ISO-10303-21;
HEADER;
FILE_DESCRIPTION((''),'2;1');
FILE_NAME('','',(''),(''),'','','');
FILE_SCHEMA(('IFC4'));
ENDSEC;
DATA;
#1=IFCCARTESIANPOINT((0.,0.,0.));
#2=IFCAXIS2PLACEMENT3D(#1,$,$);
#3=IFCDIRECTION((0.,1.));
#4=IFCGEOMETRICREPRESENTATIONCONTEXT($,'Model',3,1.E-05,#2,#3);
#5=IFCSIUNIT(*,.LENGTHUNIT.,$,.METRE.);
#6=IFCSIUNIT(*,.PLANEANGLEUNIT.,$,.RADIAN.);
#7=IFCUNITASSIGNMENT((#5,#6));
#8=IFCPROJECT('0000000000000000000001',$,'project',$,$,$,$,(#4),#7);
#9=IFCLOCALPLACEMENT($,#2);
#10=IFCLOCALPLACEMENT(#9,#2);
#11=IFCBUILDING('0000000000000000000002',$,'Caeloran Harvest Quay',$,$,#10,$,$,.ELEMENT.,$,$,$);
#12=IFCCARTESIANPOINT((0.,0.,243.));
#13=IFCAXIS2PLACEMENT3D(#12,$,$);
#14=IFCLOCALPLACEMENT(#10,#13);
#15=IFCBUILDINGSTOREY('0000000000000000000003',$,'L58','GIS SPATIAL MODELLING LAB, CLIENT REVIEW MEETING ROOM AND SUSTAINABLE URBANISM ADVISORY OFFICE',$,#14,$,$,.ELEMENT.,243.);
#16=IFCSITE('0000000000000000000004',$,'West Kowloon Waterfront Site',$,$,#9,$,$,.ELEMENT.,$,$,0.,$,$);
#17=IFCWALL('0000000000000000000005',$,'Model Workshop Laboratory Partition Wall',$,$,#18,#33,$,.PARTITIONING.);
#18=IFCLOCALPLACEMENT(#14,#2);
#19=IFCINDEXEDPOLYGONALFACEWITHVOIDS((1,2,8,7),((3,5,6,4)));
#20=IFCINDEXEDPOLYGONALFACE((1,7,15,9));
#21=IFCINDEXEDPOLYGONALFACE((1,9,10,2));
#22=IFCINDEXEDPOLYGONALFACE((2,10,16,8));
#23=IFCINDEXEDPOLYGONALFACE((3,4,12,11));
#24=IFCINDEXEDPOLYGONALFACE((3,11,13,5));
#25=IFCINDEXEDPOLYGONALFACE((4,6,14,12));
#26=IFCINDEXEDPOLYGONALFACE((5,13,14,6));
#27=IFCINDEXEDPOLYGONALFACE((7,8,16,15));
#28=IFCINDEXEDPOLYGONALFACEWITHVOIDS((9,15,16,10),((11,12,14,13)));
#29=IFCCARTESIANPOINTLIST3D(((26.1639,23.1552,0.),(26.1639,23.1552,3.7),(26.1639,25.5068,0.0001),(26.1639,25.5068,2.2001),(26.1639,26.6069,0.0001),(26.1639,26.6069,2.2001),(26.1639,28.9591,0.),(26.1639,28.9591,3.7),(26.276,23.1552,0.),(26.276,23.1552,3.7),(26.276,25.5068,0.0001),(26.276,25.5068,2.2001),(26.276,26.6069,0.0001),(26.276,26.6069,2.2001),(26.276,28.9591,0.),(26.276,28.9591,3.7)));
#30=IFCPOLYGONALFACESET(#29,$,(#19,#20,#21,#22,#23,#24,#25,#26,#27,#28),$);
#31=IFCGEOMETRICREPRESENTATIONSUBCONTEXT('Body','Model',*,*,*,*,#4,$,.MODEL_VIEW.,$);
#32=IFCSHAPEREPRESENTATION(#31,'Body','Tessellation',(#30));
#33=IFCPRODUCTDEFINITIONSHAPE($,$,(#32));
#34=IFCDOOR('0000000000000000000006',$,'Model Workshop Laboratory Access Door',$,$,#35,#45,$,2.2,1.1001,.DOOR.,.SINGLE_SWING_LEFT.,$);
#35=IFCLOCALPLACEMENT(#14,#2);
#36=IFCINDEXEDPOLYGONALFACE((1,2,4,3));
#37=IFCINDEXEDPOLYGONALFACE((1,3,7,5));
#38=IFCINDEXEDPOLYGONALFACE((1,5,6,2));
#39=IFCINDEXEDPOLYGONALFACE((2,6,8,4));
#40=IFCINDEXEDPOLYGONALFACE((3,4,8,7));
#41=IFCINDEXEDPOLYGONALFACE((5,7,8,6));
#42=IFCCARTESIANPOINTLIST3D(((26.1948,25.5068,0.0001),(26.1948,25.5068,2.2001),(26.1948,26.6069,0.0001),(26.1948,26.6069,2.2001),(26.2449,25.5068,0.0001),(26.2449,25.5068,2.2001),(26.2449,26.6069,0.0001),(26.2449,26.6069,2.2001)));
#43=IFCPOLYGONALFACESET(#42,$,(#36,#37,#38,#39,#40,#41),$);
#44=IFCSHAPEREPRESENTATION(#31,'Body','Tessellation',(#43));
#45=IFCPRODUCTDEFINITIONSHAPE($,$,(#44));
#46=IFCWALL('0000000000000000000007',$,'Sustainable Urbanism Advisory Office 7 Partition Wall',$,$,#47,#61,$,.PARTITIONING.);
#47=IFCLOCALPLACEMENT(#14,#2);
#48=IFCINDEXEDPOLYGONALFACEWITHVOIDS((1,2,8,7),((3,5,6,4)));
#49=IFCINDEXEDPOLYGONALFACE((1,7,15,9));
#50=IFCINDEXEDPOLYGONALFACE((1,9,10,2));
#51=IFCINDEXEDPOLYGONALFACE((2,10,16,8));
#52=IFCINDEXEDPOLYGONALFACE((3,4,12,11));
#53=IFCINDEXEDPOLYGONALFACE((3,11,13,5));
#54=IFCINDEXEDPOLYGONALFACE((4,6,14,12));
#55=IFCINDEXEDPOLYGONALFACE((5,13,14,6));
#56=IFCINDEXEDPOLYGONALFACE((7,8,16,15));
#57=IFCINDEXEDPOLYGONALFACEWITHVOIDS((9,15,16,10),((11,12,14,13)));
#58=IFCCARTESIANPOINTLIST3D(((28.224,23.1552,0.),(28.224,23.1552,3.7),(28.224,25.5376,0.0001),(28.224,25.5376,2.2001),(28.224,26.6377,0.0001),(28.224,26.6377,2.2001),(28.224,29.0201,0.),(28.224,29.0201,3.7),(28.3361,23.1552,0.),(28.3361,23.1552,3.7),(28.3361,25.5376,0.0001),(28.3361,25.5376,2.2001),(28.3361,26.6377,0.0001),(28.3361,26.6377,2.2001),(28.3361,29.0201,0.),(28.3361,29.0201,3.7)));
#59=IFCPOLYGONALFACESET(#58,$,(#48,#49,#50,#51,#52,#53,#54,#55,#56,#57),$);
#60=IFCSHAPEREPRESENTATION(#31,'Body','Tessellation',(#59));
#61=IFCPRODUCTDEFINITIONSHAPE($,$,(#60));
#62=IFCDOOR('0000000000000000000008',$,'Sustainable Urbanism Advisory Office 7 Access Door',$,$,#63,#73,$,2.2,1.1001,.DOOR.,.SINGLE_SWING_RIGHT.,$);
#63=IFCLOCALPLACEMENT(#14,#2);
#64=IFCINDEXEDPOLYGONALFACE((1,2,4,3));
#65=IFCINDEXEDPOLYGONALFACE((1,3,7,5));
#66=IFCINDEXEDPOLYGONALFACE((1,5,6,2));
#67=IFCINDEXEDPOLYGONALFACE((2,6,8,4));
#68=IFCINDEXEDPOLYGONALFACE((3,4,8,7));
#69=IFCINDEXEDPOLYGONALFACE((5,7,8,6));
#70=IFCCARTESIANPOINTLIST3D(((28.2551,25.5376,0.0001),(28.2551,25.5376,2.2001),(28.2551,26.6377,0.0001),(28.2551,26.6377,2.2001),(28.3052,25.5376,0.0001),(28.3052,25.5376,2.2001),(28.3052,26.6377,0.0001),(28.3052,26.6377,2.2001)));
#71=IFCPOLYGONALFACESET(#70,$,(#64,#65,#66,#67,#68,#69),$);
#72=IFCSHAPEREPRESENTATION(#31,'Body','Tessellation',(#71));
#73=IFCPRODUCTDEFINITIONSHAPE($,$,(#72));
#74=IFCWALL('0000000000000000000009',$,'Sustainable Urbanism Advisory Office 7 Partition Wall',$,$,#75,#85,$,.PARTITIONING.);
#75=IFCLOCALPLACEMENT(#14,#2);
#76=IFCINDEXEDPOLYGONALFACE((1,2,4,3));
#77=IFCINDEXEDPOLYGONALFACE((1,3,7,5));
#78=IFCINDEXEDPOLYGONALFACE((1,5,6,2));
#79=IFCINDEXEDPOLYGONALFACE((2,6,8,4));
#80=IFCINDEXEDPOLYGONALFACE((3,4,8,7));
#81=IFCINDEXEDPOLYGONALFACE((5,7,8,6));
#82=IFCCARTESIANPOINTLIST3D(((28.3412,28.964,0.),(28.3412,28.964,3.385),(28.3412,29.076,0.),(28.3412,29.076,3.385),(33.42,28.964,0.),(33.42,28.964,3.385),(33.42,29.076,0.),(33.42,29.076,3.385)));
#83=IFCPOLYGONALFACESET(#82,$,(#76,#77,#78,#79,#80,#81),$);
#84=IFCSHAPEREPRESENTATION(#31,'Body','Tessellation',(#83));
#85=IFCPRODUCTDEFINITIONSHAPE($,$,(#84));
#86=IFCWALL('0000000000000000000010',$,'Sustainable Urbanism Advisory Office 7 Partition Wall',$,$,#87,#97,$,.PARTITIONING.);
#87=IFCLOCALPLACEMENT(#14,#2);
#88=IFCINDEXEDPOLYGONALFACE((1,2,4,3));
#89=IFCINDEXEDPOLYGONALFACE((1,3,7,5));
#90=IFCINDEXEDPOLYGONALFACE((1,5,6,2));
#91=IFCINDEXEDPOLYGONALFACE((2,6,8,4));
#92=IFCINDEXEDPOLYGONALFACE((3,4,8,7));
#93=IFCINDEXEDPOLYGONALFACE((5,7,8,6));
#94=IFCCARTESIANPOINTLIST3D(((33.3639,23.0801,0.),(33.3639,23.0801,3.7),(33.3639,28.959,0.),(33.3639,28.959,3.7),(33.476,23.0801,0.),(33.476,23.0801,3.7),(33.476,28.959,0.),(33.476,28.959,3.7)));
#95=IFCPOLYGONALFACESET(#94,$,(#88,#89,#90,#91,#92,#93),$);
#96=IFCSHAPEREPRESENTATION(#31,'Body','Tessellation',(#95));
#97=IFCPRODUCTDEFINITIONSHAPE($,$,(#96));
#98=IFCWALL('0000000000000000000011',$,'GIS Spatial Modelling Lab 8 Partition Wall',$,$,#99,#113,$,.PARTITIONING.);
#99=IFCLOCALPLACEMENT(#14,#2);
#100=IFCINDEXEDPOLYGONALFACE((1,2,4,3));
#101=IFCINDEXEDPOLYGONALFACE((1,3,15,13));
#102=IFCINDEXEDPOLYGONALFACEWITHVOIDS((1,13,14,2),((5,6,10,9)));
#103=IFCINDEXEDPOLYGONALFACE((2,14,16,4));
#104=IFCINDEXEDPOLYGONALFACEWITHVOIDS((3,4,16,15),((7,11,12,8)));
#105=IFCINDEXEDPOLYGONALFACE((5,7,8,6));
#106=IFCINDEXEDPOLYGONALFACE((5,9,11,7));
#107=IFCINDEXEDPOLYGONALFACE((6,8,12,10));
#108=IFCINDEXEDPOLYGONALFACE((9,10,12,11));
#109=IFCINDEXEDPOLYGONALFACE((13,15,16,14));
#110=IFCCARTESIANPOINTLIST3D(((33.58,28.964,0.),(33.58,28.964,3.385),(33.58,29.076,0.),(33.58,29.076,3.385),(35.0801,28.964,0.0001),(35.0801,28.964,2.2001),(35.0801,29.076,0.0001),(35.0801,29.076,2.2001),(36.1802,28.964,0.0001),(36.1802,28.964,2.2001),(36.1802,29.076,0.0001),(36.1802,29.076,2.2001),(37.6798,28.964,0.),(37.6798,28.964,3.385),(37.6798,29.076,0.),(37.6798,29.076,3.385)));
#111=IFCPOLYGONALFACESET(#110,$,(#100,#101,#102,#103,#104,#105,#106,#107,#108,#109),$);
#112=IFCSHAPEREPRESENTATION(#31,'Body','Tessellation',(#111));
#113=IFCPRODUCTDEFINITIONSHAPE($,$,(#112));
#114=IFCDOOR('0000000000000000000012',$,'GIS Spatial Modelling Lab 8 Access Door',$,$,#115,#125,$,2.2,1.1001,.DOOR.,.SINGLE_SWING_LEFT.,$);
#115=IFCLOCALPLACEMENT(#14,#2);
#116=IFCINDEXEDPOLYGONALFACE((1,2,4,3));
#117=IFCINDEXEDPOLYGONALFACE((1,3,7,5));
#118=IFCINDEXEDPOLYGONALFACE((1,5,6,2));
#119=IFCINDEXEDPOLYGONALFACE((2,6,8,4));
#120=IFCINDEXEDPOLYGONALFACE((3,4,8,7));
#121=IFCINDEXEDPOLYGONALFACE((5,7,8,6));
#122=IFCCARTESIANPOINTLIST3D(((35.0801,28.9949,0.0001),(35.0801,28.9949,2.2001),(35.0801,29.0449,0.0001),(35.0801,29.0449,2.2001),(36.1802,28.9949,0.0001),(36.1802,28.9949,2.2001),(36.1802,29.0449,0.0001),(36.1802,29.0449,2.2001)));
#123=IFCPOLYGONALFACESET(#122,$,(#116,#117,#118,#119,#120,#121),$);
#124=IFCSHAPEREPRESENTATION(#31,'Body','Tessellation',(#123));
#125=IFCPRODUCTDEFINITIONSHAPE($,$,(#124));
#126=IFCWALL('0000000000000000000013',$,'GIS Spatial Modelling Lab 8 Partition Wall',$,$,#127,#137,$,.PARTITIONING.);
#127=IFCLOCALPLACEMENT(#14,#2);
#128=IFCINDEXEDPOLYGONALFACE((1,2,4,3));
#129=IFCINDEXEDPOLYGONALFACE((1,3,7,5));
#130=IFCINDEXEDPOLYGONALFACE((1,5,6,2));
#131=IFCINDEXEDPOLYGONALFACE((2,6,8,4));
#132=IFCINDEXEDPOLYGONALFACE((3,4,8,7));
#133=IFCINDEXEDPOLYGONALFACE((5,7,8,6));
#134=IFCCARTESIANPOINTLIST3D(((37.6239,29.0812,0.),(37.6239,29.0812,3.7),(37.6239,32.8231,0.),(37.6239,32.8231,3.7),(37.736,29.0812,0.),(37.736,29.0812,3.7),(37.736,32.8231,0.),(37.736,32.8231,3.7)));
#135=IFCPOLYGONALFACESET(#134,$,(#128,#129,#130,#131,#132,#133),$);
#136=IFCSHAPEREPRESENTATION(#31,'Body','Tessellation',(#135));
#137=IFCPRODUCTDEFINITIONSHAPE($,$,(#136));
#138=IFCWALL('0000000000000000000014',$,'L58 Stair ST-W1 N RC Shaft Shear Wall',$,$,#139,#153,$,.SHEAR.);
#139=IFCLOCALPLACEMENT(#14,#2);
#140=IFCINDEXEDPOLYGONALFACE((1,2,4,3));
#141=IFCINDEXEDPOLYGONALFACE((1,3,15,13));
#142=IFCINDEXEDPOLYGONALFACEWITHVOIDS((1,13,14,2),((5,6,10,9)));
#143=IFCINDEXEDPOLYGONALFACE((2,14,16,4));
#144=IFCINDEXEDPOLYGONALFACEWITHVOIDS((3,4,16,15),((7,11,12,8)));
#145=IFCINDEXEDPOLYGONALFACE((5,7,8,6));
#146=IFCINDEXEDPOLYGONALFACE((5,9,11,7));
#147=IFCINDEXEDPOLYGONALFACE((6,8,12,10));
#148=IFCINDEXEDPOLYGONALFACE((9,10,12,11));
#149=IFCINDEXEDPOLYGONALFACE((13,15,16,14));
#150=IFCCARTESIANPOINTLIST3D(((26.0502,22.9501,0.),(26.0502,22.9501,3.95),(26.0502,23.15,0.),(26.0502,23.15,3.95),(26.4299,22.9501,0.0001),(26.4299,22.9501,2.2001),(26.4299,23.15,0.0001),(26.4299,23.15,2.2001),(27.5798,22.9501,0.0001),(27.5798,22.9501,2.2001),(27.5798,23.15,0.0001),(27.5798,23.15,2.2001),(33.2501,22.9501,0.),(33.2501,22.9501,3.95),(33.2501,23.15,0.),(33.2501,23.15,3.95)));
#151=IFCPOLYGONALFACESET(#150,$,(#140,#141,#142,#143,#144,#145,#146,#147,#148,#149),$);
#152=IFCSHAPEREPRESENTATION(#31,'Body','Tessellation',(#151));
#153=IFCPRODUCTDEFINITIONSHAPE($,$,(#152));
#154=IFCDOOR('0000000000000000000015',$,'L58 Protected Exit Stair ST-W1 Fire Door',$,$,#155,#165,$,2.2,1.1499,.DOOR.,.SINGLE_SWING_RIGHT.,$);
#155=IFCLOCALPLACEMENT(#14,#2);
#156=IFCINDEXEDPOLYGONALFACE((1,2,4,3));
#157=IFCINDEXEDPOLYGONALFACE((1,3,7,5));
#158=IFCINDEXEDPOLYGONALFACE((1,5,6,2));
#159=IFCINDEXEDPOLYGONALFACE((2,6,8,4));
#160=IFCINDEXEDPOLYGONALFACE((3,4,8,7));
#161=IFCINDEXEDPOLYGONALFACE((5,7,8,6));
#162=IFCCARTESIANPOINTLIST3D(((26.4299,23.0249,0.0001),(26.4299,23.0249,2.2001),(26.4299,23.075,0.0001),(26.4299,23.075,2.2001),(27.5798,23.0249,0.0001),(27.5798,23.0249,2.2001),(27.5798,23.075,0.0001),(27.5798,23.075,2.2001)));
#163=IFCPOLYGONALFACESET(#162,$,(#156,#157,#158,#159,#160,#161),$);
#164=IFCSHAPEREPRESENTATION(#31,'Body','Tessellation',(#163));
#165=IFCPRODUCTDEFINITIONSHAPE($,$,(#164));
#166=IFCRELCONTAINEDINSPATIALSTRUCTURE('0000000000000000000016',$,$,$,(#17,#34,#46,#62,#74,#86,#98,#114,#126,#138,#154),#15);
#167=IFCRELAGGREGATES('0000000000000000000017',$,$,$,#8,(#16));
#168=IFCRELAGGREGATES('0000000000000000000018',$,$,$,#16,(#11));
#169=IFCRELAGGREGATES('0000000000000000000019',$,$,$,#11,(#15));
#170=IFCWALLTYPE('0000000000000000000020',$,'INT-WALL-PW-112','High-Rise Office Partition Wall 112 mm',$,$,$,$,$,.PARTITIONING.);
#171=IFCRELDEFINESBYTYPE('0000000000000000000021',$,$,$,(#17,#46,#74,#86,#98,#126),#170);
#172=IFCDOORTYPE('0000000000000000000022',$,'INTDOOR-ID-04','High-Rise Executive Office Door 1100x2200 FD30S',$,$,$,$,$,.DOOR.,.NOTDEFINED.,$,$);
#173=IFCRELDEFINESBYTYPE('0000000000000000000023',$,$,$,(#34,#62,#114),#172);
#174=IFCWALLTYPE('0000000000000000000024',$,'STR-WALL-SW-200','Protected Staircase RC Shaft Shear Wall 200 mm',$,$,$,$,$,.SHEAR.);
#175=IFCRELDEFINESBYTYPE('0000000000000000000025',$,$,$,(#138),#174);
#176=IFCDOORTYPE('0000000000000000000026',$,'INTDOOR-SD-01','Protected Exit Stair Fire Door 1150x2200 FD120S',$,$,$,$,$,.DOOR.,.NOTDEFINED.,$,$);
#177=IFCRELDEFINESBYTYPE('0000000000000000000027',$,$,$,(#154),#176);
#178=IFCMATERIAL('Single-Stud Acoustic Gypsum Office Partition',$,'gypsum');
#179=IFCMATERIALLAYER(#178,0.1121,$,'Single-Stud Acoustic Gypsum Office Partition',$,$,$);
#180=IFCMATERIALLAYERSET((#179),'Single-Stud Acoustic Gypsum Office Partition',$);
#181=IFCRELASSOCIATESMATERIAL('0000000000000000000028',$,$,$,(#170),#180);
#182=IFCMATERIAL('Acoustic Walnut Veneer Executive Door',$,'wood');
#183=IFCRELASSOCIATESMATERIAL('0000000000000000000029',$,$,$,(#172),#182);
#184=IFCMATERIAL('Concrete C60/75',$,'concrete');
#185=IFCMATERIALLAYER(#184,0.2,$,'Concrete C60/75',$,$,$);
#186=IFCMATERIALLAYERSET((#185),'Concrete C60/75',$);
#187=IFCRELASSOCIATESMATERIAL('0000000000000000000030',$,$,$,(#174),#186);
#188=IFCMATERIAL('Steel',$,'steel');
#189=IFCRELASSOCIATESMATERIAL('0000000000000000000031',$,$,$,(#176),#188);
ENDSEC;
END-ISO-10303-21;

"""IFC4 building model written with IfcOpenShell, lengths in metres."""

from ifc_helpers import new_model, si_unit, direction, frame, frame_2d, origin, place, context, subcontext, project, spatial, rectangle, extrude, material, layer, layer_set, type_object, element, fill, save


model = new_model("IFC4")

# Units and contexts
model_context = context("Model", 3, precision=1e-05, world=origin(), true_north=direction((0.0, 1.0)))
body_context = subcontext(model_context, "Body", "Model", "MODEL_VIEW")
ifc_project = project(units=[si_unit("LENGTHUNIT", "METRE"), si_unit("PLANEANGLEUNIT", "RADIAN")], contexts=[model_context])

# Site, building, storey
site_placement = place(None, origin())
site = spatial("IfcSite", under=ifc_project, at=site_placement, Name="West Kowloon Waterfront Site", CompositionType="ELEMENT", RefElevation=0.0)
building_placement = place(site_placement, origin())
building = spatial("IfcBuilding", under=site, at=building_placement, Name="Caeloran Harvest Quay", CompositionType="ELEMENT")
storey_placement = place(building_placement, frame((0.0, 0.0, 243.0)))
storey = spatial("IfcBuildingStorey", under=building, at=storey_placement, Name="L58", Description="GIS SPATIAL MODELLING LAB, CLIENT REVIEW MEETING ROOM AND SUSTAINABLE URBANISM ADVISORY OFFICE", CompositionType="ELEMENT", Elevation=243.0)

# Walls, openings, doors
ifc_material_1 = material(Name="Single-Stud Acoustic Gypsum Office Partition", Category="gypsum")
ifc_layer_1 = layer(ifc_material_1, 0.1121, Name="Single-Stud Acoustic Gypsum Office Partition")
ifc_layer_set_1 = layer_set([ifc_layer_1], Name="Single-Stud Acoustic Gypsum Office Partition")
wall_type_1 = type_object("IfcWallType", Name="INT-WALL-PW-112", Description="High-Rise Office Partition Wall 112 mm", PredefinedType="PARTITIONING", material=ifc_layer_set_1)
wall_1_placement = place(storey_placement, frame((26.22, 28.959, 0.0), z_axis=(0.0, 0.0, 1.0), x_axis=(0.0, -1.0, 0.0)))
wall_1 = element("IfcWall", 1, at=wall_1_placement, inside=storey, type_object=wall_type_1, Name="Model Workshop Laboratory Partition Wall", PredefinedType="PARTITIONING", context=body_context, shape_type="SweptSolid", body=[
    extrude(rectangle(XDim=5.804, YDim=0.1121, at=frame_2d((2.9019, 0.0))), origin(), (0.0, 0.0, 1.0), 3.7),
])
opening_1_placement = place(wall_1_placement, frame((2.3521, 0.0, 0.0)))
opening_1 = element("IfcOpeningElement", 2, at=opening_1_placement, cuts=wall_1, PredefinedType="OPENING", context=body_context, shape_type="SweptSolid", body=[
    extrude(rectangle(XDim=1.1001, YDim=2.2, at=frame_2d((0.55, 1.1001))), frame((0.0, 0.0659, 0.0), z_axis=(0.0, -1.0, 0.0), x_axis=(1.0, 0.0, 0.0)), (0.0, 0.0, 1.0), 0.1321),
])
ifc_material_2 = material(Name="Acoustic Walnut Veneer Executive Door", Category="wood")
door_type_1 = type_object("IfcDoorType", Name="INTDOOR-ID-04", Description="High-Rise Executive Office Door 1100x2200 FD30S", OperationType="NOTDEFINED", PredefinedType="DOOR", material=ifc_material_2)
door_1_placement = place(opening_1_placement, origin())
door_1 = element("IfcDoor", 3, at=door_1_placement, inside=storey, type_object=door_type_1, Name="Model Workshop Laboratory Access Door", OperationType="SINGLE_SWING_LEFT", OverallHeight=2.2, OverallWidth=1.1001, PredefinedType="DOOR", context=body_context, shape_type="SweptSolid", body=[
    extrude(rectangle(XDim=1.1001, YDim=2.2, at=frame_2d((0.55, 1.1001))), frame((0.0, 0.0249, 0.0), z_axis=(0.0, -1.0, 0.0), x_axis=(1.0, 0.0, 0.0)), (0.0, 0.0, 1.0), 0.05),
])
fill(opening_1, door_1)
wall_2_placement = place(storey_placement, frame((28.28, 23.155, 0.0), z_axis=(0.0, 0.0, 1.0), x_axis=(0.0, 1.0, 0.0)))
wall_2 = element("IfcWall", 4, at=wall_2_placement, inside=storey, type_object=wall_type_1, Name="Sustainable Urbanism Advisory Office 7 Partition Wall", PredefinedType="PARTITIONING", context=body_context, shape_type="SweptSolid", body=[
    extrude(rectangle(XDim=5.865, YDim=0.1121, at=frame_2d((2.9326, 0.0))), origin(), (0.0, 0.0, 1.0), 3.7),
])
opening_2_placement = place(wall_2_placement, frame((2.3826, 0.0, 0.0)))
opening_2 = element("IfcOpeningElement", 5, at=opening_2_placement, cuts=wall_2, PredefinedType="OPENING", context=body_context, shape_type="SweptSolid", body=[
    extrude(rectangle(XDim=1.1001, YDim=2.2, at=frame_2d((0.55, 1.1001))), frame((0.0, 0.0659, 0.0), z_axis=(0.0, -1.0, 0.0), x_axis=(1.0, 0.0, 0.0)), (0.0, 0.0, 1.0), 0.1321),
])
door_2_placement = place(opening_2_placement, origin())
door_2 = element("IfcDoor", 6, at=door_2_placement, inside=storey, type_object=door_type_1, Name="Sustainable Urbanism Advisory Office 7 Access Door", OperationType="SINGLE_SWING_RIGHT", OverallHeight=2.2, OverallWidth=1.1001, PredefinedType="DOOR", context=body_context, shape_type="SweptSolid", body=[
    extrude(rectangle(XDim=1.1001, YDim=2.2, at=frame_2d((0.55, 1.1001))), frame((0.0, 0.0249, 0.0), z_axis=(0.0, -1.0, 0.0), x_axis=(1.0, 0.0, 0.0)), (0.0, 0.0, 1.0), 0.05),
])
fill(opening_2, door_2)

# Walls
wall_3_placement = place(storey_placement, frame((28.3411, 29.02, 0.0), z_axis=(0.0, 0.0, 1.0), x_axis=(1.0, 0.0, 0.0)))
element("IfcWall", 7, at=wall_3_placement, inside=storey, type_object=wall_type_1, Name="Sustainable Urbanism Advisory Office 7 Partition Wall", PredefinedType="PARTITIONING", context=body_context, shape_type="SweptSolid", body=[
    extrude(rectangle(XDim=5.0789, YDim=0.1121, at=frame_2d((2.5396, 0.0))), origin(), (0.0, 0.0, 1.0), 3.385),
])
wall_4_placement = place(storey_placement, frame((33.4199, 28.959, 0.0), z_axis=(0.0, 0.0, 1.0), x_axis=(0.0, -1.0, 0.0)))
element("IfcWall", 8, at=wall_4_placement, inside=storey, type_object=wall_type_1, Name="Sustainable Urbanism Advisory Office 7 Partition Wall", PredefinedType="PARTITIONING", context=body_context, shape_type="SweptSolid", body=[
    extrude(rectangle(XDim=5.8789, YDim=0.1121, at=frame_2d((2.9395, 0.0))), origin(), (0.0, 0.0, 1.0), 3.7),
])

# Wall, opening, door
wall_5_placement = place(storey_placement, frame((33.5801, 29.02, 0.0), z_axis=(0.0, 0.0, 1.0), x_axis=(1.0, 0.0, 0.0)))
wall_5 = element("IfcWall", 9, at=wall_5_placement, inside=storey, type_object=wall_type_1, Name="GIS Spatial Modelling Lab 8 Partition Wall", PredefinedType="PARTITIONING", context=body_context, shape_type="SweptSolid", body=[
    extrude(rectangle(XDim=4.0999, YDim=0.1121, at=frame_2d((2.0498, 0.0))), origin(), (0.0, 0.0, 1.0), 3.385),
])
opening_3_placement = place(wall_5_placement, frame((1.5, 0.0, 0.0)))
opening_3 = element("IfcOpeningElement", 10, at=opening_3_placement, cuts=wall_5, PredefinedType="OPENING", context=body_context, shape_type="SweptSolid", body=[
    extrude(rectangle(XDim=1.1001, YDim=2.2, at=frame_2d((0.55, 1.1001))), frame((0.0, 0.0659, 0.0), z_axis=(0.0, -1.0, 0.0), x_axis=(1.0, 0.0, 0.0)), (0.0, 0.0, 1.0), 0.1321),
])
door_3_placement = place(opening_3_placement, origin())
door_3 = element("IfcDoor", 11, at=door_3_placement, inside=storey, type_object=door_type_1, Name="GIS Spatial Modelling Lab 8 Access Door", OperationType="SINGLE_SWING_LEFT", OverallHeight=2.2, OverallWidth=1.1001, PredefinedType="DOOR", context=body_context, shape_type="SweptSolid", body=[
    extrude(rectangle(XDim=1.1001, YDim=2.2, at=frame_2d((0.55, 1.1001))), frame((0.0, 0.0249, 0.0), z_axis=(0.0, -1.0, 0.0), x_axis=(1.0, 0.0, 0.0)), (0.0, 0.0, 1.0), 0.05),
])
fill(opening_3, door_3)

# Wall
wall_6_placement = place(storey_placement, frame((37.6799, 29.0811, 0.0), z_axis=(0.0, 0.0, 1.0), x_axis=(0.0, 1.0, 0.0)))
element("IfcWall", 12, at=wall_6_placement, inside=storey, type_object=wall_type_1, Name="GIS Spatial Modelling Lab 8 Partition Wall", PredefinedType="PARTITIONING", context=body_context, shape_type="SweptSolid", body=[
    extrude(rectangle(XDim=3.7419, YDim=0.1121, at=frame_2d((1.8711, 0.0))), origin(), (0.0, 0.0, 1.0), 3.7),
])

# Wall, opening, door
ifc_material_3 = material(Name="Concrete C60/75", Category="concrete")
ifc_layer_2 = layer(ifc_material_3, 0.2, Name="Concrete C60/75")
ifc_layer_set_2 = layer_set([ifc_layer_2], Name="Concrete C60/75")
wall_type_2 = type_object("IfcWallType", Name="STR-WALL-SW-200", Description="Protected Staircase RC Shaft Shear Wall 200 mm", PredefinedType="SHEAR", material=ifc_layer_set_2)
wall_7_placement = place(storey_placement, frame((26.05, 23.05, 0.0), z_axis=(0.0, 0.0, 1.0), x_axis=(1.0, 0.0, 0.0)))
wall_7 = element("IfcWall", 13, at=wall_7_placement, inside=storey, type_object=wall_type_2, Name="L58 Stair ST-W1 N RC Shaft Shear Wall", PredefinedType="SHEAR", context=body_context, shape_type="SweptSolid", body=[
    extrude(rectangle(XDim=7.2, YDim=0.2, at=frame_2d((3.6001, 0.0))), origin(), (0.0, 0.0, 1.0), 3.95),
])
opening_4_placement = place(wall_7_placement, frame((0.3799, 0.0, 0.0)))
opening_4 = element("IfcOpeningElement", 14, at=opening_4_placement, cuts=wall_7, PredefinedType="OPENING", context=body_context, shape_type="SweptSolid", body=[
    extrude(rectangle(XDim=1.1499, YDim=2.2, at=frame_2d((0.575, 1.1001))), frame((0.0, 0.1099, 0.0), z_axis=(0.0, -1.0, 0.0), x_axis=(1.0, 0.0, 0.0)), (0.0, 0.0, 1.0), 0.22),
])
ifc_material_4 = material(Name="Steel", Category="steel")
door_type_2 = type_object("IfcDoorType", Name="INTDOOR-SD-01", Description="Protected Exit Stair Fire Door 1150x2200 FD120S", OperationType="NOTDEFINED", PredefinedType="DOOR", material=ifc_material_4)
door_4_placement = place(opening_4_placement, origin())
door_4 = element("IfcDoor", 15, at=door_4_placement, inside=storey, type_object=door_type_2, Name="L58 Protected Exit Stair ST-W1 Fire Door", OperationType="SINGLE_SWING_RIGHT", OverallHeight=2.2, OverallWidth=1.1499, PredefinedType="DOOR", context=body_context, shape_type="SweptSolid", body=[
    extrude(rectangle(XDim=1.1499, YDim=2.2, at=frame_2d((0.575, 1.1001))), frame((0.0, 0.0249, 0.0), z_axis=(0.0, -1.0, 0.0), x_axis=(1.0, 0.0, 0.0)), (0.0, 0.0, 1.0), 0.05),
])
fill(opening_4, door_4)

save(model, "model.ifc")
